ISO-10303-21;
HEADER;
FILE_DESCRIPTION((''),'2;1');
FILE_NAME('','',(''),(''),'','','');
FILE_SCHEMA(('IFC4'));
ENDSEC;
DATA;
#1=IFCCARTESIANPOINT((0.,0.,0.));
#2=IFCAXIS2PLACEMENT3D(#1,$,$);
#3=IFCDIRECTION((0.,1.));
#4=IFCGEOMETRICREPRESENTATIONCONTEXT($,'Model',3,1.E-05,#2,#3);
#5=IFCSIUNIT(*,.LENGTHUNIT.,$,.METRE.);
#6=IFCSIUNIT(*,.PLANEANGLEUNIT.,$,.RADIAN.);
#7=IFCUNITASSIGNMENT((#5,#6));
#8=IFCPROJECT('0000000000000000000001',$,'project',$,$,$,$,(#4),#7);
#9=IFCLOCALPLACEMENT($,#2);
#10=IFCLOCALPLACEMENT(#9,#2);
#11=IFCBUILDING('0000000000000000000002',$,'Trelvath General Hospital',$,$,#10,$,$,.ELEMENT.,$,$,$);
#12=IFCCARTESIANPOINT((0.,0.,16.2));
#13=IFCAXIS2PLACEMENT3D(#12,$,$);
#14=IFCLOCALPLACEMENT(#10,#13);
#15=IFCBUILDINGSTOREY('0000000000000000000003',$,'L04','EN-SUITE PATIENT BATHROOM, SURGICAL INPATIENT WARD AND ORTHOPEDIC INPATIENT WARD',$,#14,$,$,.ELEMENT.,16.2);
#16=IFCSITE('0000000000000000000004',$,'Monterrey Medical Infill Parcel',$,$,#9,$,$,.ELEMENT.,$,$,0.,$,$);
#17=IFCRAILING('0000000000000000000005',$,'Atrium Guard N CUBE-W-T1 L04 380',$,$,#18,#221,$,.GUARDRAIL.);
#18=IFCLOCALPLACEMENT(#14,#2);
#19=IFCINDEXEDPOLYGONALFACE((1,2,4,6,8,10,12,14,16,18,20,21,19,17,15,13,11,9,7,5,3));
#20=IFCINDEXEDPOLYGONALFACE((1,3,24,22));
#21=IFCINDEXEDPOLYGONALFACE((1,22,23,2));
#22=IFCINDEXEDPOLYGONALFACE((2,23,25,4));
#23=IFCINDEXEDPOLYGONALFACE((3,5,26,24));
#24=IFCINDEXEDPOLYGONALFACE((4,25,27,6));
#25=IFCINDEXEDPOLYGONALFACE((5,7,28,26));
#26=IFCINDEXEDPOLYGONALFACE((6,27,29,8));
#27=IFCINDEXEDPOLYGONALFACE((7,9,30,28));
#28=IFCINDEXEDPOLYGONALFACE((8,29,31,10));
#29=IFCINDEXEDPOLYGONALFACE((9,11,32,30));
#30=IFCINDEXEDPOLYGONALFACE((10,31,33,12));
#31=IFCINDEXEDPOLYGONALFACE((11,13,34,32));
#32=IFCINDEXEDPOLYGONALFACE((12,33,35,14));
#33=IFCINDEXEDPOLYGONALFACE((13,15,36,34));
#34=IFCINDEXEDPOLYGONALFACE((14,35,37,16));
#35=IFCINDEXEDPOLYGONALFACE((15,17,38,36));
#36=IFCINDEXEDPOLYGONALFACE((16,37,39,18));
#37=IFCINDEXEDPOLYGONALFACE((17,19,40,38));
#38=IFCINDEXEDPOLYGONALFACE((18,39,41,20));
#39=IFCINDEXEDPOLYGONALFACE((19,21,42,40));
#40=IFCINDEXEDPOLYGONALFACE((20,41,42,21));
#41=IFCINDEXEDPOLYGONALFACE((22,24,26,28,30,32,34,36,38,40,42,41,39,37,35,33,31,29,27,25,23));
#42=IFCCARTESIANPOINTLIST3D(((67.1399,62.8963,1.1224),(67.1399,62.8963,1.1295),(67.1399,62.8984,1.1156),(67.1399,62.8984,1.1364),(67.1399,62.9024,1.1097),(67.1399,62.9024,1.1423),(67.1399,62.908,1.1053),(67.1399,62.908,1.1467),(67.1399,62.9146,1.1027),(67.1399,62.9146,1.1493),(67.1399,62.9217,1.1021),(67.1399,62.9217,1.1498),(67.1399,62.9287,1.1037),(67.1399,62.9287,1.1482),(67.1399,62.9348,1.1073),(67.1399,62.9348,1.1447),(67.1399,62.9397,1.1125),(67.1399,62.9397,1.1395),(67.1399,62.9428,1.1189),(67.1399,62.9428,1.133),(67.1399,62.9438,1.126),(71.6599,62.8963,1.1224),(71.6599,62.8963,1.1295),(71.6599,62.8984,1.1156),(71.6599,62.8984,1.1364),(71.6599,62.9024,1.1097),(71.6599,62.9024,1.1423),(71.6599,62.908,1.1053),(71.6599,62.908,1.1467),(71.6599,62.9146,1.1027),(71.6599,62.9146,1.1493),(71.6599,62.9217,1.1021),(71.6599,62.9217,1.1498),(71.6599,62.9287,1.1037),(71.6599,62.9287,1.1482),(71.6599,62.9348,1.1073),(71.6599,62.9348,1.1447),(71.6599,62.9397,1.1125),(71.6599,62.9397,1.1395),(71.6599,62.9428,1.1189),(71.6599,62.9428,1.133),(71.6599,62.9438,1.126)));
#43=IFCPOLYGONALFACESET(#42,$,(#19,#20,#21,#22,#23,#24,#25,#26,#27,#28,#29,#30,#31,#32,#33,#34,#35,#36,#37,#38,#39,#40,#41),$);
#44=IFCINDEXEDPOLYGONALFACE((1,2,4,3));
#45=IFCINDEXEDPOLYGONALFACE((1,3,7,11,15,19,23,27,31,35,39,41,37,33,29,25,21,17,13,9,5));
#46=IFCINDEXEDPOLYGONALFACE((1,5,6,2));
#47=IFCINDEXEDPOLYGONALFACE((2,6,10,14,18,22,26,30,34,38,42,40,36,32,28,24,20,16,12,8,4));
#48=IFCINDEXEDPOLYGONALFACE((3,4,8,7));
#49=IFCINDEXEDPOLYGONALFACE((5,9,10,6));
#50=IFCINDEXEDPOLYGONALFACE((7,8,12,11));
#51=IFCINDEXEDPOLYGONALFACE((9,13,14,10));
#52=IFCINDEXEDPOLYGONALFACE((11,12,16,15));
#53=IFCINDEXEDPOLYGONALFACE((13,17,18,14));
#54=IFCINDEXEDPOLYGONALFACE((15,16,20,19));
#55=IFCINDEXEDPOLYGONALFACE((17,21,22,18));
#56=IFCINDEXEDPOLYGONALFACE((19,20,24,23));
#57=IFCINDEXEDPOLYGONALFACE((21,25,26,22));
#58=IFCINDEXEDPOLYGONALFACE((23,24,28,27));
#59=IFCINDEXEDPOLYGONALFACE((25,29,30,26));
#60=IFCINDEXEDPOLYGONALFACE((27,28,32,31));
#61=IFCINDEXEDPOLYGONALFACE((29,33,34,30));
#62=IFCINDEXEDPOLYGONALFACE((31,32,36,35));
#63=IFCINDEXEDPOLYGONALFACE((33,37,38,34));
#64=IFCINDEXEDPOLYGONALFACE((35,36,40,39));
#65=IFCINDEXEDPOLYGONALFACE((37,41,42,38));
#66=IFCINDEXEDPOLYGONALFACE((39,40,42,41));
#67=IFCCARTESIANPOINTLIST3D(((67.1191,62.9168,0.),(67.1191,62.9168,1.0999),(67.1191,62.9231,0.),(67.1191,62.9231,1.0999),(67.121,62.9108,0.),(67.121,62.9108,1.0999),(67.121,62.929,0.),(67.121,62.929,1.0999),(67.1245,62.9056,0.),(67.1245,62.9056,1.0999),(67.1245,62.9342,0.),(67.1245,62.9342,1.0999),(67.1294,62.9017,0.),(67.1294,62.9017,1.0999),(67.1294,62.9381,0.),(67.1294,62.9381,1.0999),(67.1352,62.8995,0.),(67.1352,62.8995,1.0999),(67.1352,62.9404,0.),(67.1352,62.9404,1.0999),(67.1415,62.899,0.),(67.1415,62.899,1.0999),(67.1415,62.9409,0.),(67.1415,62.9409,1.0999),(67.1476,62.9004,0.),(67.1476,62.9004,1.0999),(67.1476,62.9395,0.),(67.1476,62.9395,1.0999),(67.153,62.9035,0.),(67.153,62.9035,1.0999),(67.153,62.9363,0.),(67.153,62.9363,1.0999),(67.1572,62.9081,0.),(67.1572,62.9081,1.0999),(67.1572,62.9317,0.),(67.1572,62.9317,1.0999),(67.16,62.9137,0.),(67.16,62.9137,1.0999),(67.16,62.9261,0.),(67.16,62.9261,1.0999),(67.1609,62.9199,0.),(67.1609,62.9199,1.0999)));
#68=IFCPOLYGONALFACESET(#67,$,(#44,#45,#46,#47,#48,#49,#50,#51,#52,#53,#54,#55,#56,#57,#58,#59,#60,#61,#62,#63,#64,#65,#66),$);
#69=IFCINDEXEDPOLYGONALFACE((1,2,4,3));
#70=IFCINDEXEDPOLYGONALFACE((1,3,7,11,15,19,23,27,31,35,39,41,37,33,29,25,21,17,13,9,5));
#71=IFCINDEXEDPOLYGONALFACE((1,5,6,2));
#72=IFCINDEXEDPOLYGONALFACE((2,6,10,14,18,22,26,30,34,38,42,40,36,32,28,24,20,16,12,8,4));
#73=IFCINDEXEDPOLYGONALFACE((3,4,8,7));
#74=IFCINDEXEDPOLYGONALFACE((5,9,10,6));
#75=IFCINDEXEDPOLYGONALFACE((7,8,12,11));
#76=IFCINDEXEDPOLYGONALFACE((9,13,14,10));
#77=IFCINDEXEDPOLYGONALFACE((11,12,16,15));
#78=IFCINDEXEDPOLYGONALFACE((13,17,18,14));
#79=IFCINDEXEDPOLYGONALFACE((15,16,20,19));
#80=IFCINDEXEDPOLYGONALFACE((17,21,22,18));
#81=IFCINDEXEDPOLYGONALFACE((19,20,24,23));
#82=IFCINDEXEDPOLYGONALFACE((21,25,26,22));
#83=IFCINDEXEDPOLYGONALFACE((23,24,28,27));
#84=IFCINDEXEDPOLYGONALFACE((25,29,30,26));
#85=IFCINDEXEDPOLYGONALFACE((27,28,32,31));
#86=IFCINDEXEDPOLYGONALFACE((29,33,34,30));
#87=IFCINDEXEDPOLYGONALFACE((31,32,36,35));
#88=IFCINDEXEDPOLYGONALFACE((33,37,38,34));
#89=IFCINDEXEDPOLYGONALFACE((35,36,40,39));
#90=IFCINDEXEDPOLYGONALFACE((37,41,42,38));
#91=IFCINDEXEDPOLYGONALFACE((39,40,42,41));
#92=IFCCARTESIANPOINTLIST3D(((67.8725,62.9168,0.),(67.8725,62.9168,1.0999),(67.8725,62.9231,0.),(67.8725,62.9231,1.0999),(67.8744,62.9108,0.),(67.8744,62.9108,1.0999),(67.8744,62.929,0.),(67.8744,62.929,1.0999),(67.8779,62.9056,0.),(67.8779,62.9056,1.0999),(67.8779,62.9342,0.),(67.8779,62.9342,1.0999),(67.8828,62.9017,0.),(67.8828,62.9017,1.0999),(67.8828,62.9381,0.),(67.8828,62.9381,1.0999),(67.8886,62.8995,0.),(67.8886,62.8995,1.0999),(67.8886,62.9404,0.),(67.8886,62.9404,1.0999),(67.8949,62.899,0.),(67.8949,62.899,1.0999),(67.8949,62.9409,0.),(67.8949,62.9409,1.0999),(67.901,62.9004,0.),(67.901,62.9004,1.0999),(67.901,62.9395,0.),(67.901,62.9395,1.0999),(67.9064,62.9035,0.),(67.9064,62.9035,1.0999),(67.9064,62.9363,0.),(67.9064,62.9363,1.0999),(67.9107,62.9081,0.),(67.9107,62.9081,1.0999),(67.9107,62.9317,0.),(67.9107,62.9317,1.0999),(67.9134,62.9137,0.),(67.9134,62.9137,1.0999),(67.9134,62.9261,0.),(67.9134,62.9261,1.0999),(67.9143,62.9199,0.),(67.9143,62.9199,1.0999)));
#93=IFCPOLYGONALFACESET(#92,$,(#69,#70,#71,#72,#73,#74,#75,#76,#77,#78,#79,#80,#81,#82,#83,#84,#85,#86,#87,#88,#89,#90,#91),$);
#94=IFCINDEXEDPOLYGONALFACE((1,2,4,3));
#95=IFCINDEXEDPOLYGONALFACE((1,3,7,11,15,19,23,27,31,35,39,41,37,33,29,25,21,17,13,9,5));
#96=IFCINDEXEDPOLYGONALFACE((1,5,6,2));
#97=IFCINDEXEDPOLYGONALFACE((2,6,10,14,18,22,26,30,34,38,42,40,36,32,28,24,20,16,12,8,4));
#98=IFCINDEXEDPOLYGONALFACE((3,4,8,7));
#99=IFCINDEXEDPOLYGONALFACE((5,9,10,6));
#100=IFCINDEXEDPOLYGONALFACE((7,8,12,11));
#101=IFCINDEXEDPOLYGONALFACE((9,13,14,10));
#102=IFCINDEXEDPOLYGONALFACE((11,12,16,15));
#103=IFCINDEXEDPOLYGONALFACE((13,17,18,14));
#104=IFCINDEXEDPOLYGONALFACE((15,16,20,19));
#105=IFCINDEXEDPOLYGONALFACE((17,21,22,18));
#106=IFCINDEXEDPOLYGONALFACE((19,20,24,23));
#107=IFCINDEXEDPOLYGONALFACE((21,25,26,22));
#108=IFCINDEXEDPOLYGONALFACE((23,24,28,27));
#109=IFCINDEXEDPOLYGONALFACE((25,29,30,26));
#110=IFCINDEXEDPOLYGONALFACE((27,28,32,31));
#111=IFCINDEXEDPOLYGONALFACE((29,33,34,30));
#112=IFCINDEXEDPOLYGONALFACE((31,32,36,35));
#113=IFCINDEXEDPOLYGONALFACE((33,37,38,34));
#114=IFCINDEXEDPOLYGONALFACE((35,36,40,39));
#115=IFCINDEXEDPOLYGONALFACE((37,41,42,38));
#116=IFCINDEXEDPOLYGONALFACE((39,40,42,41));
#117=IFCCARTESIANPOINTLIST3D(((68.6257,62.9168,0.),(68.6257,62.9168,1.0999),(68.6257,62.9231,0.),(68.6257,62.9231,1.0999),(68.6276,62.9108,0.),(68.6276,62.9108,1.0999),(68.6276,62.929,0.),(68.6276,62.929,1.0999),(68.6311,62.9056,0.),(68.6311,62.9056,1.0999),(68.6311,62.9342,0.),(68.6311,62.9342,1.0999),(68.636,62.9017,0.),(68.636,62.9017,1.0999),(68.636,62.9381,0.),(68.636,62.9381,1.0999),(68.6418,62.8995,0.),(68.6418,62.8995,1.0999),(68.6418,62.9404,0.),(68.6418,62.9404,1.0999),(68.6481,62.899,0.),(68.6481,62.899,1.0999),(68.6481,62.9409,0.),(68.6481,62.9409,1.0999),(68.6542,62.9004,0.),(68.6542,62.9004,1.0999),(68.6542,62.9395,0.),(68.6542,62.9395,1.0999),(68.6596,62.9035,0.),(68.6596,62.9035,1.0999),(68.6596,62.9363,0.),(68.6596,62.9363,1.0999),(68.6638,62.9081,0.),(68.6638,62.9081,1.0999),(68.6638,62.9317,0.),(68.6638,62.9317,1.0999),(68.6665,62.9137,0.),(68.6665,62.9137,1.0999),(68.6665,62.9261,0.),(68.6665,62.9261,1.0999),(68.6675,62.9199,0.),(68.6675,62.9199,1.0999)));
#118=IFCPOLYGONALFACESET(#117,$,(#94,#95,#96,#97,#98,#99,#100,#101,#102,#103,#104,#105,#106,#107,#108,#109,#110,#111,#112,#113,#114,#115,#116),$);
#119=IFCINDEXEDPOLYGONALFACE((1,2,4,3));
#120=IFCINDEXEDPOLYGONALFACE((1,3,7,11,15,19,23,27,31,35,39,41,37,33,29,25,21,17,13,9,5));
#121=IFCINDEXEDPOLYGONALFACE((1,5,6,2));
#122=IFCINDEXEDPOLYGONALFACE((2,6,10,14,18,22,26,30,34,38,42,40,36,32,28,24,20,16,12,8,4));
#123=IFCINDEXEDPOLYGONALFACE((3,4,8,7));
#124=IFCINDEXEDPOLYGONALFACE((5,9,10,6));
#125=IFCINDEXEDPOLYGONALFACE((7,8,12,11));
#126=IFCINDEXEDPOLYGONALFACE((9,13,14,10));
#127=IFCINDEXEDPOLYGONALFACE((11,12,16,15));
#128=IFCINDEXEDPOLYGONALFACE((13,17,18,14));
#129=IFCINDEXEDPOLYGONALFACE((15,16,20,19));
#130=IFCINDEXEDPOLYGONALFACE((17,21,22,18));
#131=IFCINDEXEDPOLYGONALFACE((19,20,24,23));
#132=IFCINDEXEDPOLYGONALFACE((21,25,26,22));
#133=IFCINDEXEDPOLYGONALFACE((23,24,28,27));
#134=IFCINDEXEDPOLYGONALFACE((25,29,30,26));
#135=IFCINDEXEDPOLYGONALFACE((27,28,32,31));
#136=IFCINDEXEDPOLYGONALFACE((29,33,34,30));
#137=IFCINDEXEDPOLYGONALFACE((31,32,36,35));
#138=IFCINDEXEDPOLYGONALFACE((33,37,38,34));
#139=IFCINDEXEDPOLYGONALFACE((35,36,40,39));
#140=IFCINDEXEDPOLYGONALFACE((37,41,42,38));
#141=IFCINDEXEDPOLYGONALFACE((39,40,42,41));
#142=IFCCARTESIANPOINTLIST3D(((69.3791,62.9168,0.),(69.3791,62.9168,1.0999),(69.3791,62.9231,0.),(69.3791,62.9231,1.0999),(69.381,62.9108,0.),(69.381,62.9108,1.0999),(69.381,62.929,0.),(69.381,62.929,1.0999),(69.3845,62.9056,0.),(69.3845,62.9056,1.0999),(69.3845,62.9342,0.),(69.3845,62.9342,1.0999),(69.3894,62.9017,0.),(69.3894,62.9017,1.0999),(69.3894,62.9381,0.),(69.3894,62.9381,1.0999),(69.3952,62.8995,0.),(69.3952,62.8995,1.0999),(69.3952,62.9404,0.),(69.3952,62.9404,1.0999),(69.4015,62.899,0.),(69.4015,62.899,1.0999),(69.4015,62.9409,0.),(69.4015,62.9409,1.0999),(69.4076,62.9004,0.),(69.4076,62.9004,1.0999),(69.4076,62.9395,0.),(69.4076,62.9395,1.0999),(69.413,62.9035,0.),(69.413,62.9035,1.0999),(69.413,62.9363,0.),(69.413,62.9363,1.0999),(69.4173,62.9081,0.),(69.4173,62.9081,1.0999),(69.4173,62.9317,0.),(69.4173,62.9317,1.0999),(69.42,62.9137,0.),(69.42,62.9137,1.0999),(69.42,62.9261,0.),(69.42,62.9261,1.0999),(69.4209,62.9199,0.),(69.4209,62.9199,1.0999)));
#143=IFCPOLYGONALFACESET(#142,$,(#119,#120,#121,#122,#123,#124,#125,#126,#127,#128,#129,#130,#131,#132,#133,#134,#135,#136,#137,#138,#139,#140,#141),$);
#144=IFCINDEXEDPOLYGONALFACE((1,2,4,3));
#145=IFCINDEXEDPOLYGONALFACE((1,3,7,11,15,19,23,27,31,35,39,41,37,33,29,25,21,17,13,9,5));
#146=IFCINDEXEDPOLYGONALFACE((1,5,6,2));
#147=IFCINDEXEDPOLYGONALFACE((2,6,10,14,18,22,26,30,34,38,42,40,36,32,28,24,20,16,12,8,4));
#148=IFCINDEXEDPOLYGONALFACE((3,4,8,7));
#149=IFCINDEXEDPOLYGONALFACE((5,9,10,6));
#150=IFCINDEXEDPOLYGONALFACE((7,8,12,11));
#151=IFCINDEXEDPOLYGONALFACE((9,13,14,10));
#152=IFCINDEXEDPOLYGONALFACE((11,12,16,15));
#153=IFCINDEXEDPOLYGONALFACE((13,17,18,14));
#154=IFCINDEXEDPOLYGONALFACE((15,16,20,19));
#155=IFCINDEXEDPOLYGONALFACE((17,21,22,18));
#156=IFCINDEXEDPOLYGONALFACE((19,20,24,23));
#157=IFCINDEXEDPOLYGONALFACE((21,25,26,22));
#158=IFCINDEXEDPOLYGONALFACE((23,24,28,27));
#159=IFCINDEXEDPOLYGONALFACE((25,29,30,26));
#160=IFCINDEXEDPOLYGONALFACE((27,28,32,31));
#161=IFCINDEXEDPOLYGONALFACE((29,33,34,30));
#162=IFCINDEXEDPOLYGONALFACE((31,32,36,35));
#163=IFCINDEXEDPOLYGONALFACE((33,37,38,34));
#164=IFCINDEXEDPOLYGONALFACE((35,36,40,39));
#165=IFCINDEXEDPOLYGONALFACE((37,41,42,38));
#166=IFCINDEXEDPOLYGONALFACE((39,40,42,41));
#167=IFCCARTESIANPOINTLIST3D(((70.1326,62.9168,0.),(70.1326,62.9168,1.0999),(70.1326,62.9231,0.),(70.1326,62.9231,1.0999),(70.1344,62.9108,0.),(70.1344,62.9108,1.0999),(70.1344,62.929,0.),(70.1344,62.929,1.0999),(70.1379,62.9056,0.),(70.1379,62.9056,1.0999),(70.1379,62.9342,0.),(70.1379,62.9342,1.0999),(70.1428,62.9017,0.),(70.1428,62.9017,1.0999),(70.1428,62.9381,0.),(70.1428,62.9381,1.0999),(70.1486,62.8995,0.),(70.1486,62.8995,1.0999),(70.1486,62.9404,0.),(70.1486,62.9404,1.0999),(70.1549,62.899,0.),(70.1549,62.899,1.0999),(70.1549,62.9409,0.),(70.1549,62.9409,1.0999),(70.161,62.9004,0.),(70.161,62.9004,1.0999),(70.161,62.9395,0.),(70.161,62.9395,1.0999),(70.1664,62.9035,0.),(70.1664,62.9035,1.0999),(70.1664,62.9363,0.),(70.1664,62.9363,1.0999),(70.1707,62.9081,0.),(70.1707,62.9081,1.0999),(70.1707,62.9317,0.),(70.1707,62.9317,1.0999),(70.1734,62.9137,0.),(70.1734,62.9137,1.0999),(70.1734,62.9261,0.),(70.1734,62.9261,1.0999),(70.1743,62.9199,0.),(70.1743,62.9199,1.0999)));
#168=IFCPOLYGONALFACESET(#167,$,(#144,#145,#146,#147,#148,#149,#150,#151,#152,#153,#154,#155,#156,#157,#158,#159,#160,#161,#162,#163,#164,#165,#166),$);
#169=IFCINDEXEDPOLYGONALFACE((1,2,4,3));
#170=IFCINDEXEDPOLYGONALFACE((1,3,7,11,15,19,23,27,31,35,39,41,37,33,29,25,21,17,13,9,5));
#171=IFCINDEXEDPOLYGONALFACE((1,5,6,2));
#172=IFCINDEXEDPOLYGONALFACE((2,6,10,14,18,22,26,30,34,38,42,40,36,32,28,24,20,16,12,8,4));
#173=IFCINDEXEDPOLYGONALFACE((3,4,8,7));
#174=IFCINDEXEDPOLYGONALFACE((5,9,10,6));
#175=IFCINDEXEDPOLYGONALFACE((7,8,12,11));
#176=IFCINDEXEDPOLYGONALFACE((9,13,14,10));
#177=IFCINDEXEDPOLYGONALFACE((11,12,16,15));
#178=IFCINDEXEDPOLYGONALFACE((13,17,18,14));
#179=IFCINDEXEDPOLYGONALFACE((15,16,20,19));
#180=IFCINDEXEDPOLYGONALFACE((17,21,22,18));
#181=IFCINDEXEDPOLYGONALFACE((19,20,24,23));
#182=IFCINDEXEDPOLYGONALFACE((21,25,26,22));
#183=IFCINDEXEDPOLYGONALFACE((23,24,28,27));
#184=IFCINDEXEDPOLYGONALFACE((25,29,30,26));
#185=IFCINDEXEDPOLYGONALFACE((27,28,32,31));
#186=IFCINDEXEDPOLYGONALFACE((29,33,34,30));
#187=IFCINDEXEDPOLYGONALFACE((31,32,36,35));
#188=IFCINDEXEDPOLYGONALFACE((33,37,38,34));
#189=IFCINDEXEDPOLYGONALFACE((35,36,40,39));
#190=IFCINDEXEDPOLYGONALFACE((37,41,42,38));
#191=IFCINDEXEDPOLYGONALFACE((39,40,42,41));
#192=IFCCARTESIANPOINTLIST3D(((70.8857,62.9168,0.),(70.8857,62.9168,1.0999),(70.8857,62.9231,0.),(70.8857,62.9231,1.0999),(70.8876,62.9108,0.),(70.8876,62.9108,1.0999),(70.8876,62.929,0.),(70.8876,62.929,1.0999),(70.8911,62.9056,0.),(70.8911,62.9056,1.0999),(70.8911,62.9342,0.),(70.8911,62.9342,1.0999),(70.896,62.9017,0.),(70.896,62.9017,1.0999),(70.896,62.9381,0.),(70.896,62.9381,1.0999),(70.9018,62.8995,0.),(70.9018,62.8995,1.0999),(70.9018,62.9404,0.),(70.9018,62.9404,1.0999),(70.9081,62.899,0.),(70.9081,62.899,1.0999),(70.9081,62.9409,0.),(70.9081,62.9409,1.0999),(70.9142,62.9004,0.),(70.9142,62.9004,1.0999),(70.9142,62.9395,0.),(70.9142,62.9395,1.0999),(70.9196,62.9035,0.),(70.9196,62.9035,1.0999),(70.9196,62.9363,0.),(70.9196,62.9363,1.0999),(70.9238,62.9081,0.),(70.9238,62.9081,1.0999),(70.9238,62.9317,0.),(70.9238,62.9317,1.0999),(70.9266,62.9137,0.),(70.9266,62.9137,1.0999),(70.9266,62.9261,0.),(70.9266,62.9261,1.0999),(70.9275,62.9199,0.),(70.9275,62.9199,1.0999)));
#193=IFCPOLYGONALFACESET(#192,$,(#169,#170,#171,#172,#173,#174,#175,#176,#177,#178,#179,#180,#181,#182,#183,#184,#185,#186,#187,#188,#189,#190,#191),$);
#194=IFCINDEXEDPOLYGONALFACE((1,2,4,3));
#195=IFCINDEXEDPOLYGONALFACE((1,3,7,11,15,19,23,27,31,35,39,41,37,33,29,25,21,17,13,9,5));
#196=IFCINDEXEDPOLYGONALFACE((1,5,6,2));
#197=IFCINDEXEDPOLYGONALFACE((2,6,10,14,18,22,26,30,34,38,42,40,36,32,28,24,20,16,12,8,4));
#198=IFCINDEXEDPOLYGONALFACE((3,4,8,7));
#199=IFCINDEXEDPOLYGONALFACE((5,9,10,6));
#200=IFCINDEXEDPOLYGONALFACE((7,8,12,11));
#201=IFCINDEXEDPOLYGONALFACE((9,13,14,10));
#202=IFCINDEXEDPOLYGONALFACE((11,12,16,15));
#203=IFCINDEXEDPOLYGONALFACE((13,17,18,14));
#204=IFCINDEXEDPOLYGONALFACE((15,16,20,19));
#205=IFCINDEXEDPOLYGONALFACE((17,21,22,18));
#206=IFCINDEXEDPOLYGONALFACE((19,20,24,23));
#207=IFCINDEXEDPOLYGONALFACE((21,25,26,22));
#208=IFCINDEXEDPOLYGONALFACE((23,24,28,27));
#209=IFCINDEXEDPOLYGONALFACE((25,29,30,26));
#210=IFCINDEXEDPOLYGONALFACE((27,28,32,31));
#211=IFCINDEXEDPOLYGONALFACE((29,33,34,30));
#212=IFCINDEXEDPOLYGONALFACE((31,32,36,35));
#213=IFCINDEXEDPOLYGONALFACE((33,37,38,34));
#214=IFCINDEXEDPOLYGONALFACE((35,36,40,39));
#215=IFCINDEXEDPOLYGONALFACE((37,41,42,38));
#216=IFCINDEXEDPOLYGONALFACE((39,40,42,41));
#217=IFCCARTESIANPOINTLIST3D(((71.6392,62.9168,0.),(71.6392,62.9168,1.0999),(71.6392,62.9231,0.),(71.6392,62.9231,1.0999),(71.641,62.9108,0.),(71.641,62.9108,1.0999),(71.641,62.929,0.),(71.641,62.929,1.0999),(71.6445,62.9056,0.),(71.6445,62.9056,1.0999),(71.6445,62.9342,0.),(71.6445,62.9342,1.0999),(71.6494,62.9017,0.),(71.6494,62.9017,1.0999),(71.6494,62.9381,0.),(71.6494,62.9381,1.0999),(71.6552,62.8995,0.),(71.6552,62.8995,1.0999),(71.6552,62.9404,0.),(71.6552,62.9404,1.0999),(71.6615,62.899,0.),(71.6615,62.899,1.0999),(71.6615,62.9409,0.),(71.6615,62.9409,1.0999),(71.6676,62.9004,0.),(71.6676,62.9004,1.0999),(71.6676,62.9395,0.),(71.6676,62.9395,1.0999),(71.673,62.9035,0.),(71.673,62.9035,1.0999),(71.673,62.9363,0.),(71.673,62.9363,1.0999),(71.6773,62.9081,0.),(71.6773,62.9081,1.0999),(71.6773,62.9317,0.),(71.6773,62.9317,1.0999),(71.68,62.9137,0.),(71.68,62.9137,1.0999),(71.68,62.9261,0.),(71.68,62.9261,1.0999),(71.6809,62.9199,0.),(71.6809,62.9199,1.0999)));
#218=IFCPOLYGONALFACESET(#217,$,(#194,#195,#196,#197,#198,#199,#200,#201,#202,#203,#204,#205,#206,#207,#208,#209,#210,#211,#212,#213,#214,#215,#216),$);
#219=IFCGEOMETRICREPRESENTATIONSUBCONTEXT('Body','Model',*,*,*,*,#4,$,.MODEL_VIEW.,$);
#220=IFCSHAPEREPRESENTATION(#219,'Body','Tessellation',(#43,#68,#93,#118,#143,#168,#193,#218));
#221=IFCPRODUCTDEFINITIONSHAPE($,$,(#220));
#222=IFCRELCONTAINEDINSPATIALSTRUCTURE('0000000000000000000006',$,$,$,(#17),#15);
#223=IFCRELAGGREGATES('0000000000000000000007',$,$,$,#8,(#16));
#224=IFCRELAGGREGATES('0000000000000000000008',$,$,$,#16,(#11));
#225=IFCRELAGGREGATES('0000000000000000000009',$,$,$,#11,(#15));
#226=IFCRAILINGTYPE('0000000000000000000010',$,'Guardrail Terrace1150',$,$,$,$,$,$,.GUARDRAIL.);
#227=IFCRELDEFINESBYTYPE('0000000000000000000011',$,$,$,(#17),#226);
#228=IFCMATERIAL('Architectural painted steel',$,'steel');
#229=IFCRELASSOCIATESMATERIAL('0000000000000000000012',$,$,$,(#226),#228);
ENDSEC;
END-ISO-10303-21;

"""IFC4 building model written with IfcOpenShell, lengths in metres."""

from ifc_helpers import new_model, si_unit, direction, frame, origin, origin_2d, place, context, subcontext, project, spatial, circle, extrude, material, type_object, element, save


model = new_model("IFC4")

# Units and contexts
model_context = context("Model", 3, precision=1e-05, world=origin(), true_north=direction((0.0, 1.0)))
body_context = subcontext(model_context, "Body", "Model", "MODEL_VIEW")
ifc_project = project(units=[si_unit("LENGTHUNIT", "METRE"), si_unit("PLANEANGLEUNIT", "RADIAN")], contexts=[model_context])

# Site, building, storey
site_placement = place(None, origin())
site = spatial("IfcSite", under=ifc_project, at=site_placement, Name="Monterrey Medical Infill Parcel", CompositionType="ELEMENT", RefElevation=0.0)
building_placement = place(site_placement, origin())
building = spatial("IfcBuilding", under=site, at=building_placement, Name="Trelvath General Hospital", CompositionType="ELEMENT")
storey_placement = place(building_placement, frame((0.0, 0.0, 16.2)))
storey = spatial("IfcBuildingStorey", under=building, at=storey_placement, Name="L04", Description="EN-SUITE PATIENT BATHROOM, SURGICAL INPATIENT WARD AND ORTHOPEDIC INPATIENT WARD", CompositionType="ELEMENT", Elevation=16.2)

# Railing
ifc_material_1 = material(Name="Architectural painted steel", Category="steel")
railing_type = type_object("IfcRailingType", Name="Guardrail Terrace1150", PredefinedType="GUARDRAIL", material=ifc_material_1)
railing_1_placement = place(storey_placement, frame((67.1399, 62.9199, 0.0)))
element("IfcRailing", 1, at=railing_1_placement, inside=storey, type_object=railing_type, Name="Atrium Guard N CUBE-W-T1 L04 380", PredefinedType="GUARDRAIL", context=body_context, shape_type="SweptSolid", body=[
    extrude(circle(Radius=0.0239, at=origin_2d()), frame((0.0, 0.0, 1.126), z_axis=(1.0, 0.0, 0.0), x_axis=(0.0, 1.0, 0.0)), (0.0, 0.0, 1.0), 4.52),
    extrude(circle(Radius=0.021, at=origin_2d()), origin(), (0.0, 0.0, 1.0), 1.0999),
    extrude(circle(Radius=0.021, at=origin_2d()), frame((0.7534, 0.0, 0.0)), (0.0, 0.0, 1.0), 1.0999),
    extrude(circle(Radius=0.021, at=origin_2d()), frame((1.5066, 0.0, 0.0)), (0.0, 0.0, 1.0), 1.0999),
    extrude(circle(Radius=0.021, at=origin_2d()), frame((2.26, 0.0, 0.0)), (0.0, 0.0, 1.0), 1.0999),
    extrude(circle(Radius=0.021, at=origin_2d()), frame((3.0134, 0.0, 0.0)), (0.0, 0.0, 1.0), 1.0999),
    extrude(circle(Radius=0.021, at=origin_2d()), frame((3.7666, 0.0, 0.0)), (0.0, 0.0, 1.0), 1.0999),
    extrude(circle(Radius=0.021, at=origin_2d()), frame((4.52, 0.0, 0.0)), (0.0, 0.0, 1.0), 1.0999),
])

save(model, "model.ifc")
